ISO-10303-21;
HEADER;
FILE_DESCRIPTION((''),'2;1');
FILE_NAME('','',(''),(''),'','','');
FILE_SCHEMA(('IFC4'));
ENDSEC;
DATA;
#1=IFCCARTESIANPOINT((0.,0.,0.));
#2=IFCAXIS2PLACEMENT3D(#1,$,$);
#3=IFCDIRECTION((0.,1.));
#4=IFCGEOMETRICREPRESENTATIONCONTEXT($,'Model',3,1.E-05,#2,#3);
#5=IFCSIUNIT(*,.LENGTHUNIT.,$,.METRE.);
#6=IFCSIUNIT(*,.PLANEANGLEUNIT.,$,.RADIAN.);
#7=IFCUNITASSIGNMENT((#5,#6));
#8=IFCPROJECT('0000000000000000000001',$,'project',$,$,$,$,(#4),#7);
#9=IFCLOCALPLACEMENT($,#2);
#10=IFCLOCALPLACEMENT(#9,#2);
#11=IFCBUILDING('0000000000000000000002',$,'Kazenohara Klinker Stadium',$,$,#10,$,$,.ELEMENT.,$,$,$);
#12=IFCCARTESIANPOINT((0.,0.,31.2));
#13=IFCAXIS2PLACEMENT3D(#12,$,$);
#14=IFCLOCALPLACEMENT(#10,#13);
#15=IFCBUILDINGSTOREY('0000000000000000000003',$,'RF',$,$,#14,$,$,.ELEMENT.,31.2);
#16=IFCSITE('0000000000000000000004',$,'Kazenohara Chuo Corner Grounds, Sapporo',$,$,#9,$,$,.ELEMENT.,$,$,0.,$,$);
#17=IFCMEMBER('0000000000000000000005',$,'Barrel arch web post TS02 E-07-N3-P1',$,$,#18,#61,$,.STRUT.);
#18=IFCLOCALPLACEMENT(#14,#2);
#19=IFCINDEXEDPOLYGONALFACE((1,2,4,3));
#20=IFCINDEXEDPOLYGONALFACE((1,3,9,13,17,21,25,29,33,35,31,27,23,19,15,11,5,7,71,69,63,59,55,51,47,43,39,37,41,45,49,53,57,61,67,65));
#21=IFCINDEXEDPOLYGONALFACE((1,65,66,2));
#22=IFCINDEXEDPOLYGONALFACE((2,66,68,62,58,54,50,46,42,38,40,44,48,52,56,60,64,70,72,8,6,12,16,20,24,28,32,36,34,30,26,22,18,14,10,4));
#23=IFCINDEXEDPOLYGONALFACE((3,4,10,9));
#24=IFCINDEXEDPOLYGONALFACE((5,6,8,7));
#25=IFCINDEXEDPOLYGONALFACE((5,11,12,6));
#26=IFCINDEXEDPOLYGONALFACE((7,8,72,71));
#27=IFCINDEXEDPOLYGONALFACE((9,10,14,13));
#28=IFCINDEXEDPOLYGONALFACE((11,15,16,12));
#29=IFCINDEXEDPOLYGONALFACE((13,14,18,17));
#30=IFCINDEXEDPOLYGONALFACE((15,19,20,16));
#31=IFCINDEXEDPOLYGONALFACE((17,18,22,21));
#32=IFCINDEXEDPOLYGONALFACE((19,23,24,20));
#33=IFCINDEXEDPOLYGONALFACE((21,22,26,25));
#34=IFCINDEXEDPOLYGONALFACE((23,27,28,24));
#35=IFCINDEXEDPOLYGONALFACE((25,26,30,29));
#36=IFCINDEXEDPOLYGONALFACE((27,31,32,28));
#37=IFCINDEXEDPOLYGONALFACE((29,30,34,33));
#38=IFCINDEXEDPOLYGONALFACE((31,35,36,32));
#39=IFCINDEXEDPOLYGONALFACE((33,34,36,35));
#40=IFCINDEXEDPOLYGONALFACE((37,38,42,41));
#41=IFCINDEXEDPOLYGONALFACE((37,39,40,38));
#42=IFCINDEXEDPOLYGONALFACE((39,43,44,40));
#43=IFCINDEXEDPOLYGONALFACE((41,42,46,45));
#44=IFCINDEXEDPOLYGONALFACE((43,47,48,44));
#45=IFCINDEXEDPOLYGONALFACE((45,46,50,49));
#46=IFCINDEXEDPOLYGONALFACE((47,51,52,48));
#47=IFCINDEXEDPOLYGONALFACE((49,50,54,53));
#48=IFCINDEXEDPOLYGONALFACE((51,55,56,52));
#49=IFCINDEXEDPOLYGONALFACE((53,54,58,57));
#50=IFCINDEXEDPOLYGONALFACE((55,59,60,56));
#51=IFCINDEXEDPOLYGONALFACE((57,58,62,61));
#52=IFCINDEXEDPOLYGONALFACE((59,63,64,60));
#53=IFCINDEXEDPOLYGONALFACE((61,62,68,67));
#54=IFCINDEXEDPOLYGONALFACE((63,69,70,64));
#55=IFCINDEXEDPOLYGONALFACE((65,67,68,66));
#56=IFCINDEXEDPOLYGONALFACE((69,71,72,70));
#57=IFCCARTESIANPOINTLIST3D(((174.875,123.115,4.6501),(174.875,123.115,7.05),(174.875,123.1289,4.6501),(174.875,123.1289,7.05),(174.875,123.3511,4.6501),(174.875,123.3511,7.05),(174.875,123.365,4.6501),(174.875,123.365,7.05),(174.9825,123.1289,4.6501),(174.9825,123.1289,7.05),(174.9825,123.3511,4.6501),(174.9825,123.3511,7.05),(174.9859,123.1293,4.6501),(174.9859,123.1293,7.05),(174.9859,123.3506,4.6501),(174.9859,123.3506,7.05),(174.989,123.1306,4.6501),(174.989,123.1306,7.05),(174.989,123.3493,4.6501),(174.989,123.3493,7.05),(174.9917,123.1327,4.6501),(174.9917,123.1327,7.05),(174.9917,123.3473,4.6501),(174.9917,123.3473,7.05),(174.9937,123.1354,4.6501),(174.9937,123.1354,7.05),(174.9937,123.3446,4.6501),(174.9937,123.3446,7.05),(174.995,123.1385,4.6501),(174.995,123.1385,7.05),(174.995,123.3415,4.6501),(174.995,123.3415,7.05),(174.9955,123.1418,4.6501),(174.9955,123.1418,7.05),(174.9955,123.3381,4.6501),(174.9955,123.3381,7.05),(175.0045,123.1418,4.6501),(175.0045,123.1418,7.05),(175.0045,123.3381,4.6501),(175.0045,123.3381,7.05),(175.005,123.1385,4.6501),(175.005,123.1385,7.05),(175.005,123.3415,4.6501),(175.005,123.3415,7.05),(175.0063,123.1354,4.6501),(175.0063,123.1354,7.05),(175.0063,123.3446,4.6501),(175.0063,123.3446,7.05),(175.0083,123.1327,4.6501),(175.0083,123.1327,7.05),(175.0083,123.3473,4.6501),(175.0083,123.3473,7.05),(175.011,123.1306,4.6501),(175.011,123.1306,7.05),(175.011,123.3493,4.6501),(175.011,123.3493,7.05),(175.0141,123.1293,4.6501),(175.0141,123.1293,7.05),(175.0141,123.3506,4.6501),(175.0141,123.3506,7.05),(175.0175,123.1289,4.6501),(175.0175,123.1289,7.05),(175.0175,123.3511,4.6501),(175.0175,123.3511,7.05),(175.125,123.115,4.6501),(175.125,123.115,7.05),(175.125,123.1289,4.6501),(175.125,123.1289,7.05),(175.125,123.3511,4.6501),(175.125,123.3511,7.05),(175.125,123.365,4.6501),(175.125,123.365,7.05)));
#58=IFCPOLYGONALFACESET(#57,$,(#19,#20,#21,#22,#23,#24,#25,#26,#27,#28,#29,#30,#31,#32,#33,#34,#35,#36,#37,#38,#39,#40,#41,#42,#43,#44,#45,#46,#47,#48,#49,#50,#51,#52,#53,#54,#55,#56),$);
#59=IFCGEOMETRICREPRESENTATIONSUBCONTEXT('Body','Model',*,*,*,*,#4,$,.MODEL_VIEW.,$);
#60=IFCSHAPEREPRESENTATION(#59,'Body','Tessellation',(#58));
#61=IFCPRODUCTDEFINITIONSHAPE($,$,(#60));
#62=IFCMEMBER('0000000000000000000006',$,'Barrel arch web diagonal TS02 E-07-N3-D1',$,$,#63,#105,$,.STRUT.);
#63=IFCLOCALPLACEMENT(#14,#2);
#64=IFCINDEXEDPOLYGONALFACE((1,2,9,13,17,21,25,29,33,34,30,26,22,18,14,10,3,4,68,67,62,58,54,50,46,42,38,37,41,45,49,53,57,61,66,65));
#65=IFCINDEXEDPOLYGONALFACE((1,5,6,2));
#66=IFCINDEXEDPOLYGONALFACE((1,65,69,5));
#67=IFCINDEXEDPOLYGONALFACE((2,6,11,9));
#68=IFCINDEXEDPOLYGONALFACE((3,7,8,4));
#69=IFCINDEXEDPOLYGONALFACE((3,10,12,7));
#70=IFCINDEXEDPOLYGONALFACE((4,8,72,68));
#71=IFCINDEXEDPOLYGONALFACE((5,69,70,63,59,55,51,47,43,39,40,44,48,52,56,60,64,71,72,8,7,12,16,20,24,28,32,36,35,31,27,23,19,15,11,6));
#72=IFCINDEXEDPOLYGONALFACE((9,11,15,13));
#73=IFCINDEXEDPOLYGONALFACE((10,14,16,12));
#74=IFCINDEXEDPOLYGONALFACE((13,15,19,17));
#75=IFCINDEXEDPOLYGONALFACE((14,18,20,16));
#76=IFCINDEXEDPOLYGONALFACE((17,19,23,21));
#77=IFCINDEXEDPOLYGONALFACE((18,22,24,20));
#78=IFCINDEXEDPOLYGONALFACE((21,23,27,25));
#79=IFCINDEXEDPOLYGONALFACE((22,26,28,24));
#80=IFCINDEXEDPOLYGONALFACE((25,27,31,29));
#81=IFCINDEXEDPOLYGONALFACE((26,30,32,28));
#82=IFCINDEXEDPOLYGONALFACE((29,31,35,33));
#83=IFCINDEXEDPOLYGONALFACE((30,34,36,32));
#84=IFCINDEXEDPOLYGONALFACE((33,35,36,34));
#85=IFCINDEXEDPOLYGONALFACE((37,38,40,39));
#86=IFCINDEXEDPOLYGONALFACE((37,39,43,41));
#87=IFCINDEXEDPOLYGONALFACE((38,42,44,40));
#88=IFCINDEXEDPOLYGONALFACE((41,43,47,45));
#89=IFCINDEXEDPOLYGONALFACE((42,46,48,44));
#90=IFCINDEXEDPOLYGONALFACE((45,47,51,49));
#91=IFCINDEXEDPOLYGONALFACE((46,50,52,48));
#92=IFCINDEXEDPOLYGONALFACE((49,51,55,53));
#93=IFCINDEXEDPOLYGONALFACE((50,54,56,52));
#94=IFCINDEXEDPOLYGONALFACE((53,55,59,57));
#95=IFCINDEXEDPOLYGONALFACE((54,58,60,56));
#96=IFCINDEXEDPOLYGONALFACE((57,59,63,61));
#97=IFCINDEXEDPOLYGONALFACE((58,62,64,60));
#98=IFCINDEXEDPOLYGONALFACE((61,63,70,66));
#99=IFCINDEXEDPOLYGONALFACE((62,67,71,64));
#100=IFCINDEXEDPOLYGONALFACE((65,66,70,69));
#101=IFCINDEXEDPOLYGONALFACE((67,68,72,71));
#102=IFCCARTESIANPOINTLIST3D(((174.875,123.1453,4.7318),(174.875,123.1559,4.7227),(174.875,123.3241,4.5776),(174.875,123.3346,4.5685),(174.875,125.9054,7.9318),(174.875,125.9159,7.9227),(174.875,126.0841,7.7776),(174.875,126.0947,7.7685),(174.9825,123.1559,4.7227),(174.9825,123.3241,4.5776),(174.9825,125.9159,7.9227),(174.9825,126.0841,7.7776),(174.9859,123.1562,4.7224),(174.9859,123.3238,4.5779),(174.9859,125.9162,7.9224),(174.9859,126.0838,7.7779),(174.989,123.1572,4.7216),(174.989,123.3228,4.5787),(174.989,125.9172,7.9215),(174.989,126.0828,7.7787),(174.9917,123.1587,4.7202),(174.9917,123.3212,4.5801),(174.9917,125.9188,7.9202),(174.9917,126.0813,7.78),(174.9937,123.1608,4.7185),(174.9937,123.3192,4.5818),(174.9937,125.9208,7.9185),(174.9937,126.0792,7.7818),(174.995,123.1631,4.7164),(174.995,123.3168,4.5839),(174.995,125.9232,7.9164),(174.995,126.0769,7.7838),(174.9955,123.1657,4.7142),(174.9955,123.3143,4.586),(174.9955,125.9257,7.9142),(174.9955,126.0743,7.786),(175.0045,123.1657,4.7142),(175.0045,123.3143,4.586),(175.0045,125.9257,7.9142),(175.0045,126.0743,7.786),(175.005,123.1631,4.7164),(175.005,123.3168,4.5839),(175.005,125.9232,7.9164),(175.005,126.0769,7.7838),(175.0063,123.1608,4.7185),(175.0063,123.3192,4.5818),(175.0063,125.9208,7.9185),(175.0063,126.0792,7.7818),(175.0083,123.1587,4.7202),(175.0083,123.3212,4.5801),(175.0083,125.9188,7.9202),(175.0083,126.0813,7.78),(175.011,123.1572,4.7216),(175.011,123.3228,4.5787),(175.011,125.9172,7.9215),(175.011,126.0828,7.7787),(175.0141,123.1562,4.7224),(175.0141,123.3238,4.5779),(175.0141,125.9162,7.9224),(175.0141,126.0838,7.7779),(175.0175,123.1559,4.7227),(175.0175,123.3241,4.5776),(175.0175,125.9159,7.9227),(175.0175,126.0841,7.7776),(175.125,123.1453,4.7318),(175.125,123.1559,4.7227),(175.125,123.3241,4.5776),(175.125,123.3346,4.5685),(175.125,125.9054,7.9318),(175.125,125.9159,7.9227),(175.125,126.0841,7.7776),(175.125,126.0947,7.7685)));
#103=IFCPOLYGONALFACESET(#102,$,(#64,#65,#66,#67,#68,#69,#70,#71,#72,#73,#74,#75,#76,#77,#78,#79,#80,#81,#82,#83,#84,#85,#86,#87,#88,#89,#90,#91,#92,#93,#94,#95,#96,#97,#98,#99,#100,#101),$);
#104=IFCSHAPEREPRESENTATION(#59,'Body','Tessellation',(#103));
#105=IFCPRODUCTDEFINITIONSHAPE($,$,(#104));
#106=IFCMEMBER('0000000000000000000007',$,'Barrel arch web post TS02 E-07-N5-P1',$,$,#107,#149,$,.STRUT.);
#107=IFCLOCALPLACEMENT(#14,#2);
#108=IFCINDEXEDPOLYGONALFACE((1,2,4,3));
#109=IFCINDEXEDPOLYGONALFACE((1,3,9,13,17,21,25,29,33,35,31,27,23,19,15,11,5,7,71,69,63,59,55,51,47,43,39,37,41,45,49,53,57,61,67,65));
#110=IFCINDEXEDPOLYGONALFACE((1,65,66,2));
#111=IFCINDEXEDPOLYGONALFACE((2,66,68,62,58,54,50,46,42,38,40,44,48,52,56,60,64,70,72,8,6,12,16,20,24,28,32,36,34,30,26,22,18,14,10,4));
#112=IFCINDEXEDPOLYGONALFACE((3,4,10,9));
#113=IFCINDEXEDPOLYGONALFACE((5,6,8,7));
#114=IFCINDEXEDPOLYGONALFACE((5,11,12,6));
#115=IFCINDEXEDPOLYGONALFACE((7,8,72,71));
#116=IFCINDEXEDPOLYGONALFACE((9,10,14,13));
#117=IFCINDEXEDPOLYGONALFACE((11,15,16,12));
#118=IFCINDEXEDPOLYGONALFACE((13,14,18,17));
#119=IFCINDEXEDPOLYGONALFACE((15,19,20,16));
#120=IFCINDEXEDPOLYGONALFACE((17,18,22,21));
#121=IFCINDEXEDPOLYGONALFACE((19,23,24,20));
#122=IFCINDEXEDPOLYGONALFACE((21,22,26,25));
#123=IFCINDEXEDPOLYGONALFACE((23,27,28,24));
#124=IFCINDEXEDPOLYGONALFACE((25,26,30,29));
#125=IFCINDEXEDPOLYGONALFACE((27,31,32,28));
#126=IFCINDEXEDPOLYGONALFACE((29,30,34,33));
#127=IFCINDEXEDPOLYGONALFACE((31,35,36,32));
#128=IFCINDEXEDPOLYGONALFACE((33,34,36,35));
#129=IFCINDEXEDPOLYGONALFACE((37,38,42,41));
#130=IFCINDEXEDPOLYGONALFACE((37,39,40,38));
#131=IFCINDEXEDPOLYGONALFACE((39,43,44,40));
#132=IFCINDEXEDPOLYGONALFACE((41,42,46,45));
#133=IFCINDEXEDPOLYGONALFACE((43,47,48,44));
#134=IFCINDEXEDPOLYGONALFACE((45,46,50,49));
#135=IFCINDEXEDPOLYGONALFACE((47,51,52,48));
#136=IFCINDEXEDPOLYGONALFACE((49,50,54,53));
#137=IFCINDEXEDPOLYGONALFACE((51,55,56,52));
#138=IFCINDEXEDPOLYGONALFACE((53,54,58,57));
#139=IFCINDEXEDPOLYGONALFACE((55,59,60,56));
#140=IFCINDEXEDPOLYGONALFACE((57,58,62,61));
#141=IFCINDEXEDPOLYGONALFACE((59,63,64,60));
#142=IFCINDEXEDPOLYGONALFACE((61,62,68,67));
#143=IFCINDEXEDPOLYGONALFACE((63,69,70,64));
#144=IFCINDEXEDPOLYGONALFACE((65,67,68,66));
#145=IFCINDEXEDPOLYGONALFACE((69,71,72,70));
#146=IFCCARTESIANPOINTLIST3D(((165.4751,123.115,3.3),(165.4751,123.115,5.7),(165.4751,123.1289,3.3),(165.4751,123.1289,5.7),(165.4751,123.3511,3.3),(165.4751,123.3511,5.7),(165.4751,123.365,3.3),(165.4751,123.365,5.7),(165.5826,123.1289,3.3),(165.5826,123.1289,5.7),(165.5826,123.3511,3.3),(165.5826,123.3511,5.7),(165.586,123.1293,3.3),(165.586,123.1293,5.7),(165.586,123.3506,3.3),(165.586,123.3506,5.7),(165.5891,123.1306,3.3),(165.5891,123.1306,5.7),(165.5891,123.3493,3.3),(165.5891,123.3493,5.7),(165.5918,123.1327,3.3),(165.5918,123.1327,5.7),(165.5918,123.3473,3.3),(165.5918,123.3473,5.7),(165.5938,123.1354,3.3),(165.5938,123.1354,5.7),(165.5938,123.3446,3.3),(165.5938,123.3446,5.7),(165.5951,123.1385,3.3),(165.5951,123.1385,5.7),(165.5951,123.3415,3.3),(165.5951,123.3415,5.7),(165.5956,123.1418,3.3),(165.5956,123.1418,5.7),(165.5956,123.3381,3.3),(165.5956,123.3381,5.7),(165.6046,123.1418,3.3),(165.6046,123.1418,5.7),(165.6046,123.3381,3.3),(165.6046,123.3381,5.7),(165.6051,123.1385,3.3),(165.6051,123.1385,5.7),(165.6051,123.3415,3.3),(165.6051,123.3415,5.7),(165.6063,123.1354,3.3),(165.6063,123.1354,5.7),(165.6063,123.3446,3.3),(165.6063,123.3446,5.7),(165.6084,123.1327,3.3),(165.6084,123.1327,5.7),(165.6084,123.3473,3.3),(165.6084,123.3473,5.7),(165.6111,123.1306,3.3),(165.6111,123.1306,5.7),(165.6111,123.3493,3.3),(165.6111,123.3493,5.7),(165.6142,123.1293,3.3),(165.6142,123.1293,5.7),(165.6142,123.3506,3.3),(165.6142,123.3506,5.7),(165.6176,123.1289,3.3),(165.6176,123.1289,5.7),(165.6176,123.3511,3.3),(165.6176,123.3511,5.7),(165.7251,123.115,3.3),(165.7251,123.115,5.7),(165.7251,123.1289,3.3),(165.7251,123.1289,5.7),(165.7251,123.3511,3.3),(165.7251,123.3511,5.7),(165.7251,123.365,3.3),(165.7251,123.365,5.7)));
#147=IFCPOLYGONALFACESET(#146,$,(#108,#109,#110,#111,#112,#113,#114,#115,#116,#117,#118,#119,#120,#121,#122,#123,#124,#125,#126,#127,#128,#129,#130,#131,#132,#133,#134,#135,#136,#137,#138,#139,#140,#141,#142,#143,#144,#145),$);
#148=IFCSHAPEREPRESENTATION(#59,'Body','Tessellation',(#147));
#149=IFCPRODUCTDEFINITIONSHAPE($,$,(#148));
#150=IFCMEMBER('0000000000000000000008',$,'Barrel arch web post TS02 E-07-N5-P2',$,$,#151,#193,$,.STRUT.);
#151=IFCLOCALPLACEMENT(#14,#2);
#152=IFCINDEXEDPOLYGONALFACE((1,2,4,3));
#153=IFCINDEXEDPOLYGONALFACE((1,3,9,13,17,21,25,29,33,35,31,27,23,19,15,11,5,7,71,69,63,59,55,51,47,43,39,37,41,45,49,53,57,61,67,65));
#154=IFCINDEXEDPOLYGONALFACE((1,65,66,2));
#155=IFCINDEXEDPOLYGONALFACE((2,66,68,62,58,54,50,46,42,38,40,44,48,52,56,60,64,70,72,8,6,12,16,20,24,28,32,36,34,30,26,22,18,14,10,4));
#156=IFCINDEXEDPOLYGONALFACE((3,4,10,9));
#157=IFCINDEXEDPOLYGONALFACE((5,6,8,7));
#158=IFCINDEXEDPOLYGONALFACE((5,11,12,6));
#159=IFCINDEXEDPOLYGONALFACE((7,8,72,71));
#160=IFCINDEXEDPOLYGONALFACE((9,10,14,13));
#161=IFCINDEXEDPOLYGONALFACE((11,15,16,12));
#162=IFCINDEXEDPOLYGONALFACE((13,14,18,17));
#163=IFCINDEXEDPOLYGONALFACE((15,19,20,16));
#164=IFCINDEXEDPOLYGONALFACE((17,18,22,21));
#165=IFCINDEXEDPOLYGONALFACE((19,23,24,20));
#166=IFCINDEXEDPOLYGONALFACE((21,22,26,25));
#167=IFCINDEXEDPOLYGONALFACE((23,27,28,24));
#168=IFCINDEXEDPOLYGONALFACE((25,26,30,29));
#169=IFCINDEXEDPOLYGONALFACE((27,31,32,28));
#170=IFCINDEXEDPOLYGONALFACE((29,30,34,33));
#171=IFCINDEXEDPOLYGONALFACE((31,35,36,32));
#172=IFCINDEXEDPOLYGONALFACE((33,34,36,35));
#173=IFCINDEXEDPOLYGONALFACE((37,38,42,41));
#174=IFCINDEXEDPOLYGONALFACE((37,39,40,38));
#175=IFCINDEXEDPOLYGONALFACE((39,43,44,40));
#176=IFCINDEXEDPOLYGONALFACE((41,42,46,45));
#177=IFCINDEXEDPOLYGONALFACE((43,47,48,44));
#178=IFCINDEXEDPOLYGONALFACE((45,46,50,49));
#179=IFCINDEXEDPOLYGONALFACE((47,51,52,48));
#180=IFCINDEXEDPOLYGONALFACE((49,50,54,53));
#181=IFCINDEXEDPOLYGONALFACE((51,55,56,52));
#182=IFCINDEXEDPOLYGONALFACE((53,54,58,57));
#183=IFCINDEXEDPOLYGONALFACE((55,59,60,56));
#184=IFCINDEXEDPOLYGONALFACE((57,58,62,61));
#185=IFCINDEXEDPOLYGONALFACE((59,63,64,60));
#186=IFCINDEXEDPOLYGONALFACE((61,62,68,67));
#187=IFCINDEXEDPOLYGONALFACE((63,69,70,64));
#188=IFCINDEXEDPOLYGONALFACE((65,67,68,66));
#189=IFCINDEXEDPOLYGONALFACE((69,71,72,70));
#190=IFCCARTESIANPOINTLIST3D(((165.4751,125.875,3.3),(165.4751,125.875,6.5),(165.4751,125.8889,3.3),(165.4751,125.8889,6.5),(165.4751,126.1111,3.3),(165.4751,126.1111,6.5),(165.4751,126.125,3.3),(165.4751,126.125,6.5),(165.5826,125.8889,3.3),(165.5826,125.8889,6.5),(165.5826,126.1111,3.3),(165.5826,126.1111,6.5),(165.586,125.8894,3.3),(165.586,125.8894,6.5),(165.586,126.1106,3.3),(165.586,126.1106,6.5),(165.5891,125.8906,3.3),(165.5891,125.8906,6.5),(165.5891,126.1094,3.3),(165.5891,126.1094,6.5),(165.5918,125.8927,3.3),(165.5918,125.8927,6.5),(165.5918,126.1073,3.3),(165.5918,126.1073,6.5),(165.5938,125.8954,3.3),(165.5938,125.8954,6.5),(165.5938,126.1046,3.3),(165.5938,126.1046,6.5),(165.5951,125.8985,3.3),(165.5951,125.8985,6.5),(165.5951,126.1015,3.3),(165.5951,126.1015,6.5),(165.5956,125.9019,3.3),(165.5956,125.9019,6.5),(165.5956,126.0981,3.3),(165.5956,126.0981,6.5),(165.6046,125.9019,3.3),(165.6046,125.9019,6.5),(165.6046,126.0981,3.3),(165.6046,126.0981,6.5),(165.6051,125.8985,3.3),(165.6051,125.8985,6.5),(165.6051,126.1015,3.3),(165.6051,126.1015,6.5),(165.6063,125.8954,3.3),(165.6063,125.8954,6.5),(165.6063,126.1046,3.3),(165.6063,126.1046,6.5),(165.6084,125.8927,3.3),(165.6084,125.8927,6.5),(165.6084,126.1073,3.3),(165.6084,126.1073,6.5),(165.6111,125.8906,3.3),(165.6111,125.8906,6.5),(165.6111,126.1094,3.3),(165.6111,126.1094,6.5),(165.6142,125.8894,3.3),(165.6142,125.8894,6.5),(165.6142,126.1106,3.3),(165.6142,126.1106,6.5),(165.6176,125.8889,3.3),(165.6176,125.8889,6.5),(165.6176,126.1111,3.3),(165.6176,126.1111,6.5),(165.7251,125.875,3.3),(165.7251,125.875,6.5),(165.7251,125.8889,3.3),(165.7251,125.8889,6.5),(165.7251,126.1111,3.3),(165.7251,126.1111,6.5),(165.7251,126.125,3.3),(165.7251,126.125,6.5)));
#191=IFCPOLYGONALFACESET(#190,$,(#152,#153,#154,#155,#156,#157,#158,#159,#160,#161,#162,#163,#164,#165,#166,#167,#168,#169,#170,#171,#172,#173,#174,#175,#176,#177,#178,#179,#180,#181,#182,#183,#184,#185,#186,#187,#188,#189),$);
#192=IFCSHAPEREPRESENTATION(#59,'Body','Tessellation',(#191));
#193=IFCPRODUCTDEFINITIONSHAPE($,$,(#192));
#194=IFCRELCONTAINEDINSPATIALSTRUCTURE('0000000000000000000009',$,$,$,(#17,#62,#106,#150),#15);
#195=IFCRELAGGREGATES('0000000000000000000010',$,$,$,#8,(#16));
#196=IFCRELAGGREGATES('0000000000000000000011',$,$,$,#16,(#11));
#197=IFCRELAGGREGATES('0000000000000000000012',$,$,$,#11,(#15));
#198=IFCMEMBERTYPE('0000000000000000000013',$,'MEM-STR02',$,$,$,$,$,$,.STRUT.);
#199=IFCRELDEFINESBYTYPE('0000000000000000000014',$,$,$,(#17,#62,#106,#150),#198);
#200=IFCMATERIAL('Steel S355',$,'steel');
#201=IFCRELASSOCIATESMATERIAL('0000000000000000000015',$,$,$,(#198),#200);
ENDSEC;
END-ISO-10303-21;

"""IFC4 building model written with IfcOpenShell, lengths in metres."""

from ifc_helpers import new_model, si_unit, direction, frame, origin, origin_2d, place, context, subcontext, project, spatial, i_section, extrude, material, material_profile, profile_set, type_object, element, save


model = new_model("IFC4")

# Units and contexts
model_context = context("Model", 3, precision=1e-05, world=origin(), true_north=direction((0.0, 1.0)))
body_context = subcontext(model_context, "Body", "Model", "MODEL_VIEW")
ifc_project = project(units=[si_unit("LENGTHUNIT", "METRE"), si_unit("PLANEANGLEUNIT", "RADIAN")], contexts=[model_context])

# Site, building, storey
site_placement = place(None, origin())
site = spatial("IfcSite", under=ifc_project, at=site_placement, Name="Kazenohara Chuo Corner Grounds, Sapporo", CompositionType="ELEMENT", RefElevation=0.0)
building_placement = place(site_placement, origin())
building = spatial("IfcBuilding", under=site, at=building_placement, Name="Kazenohara Klinker Stadium", CompositionType="ELEMENT")
storey_placement = place(building_placement, frame((0.0, 0.0, 31.2)))
storey = spatial("IfcBuildingStorey", under=building, at=storey_placement, Name="RF", CompositionType="ELEMENT", Elevation=31.2)

# Members
ifc_material_1 = material(Name="Steel S355", Category="steel")
ifc_material_profile_1 = material_profile(ifc_material_1, i_section(OverallWidth=0.25, OverallDepth=0.25, WebThickness=0.009, FlangeThickness=0.0139, FilletRadius=0.0129, at=origin_2d()), Name="H-250x250x9x14")
ifc_profile_set_1 = profile_set([ifc_material_profile_1], Name="Steel S355")
member_type_1 = type_object("IfcMemberType", Name="MEM-STR02", PredefinedType="STRUT", material=ifc_profile_set_1)
member_1_placement = place(storey_placement, frame((175.0, 123.24, 4.6501), z_axis=(0.0, 0.0, 1.0), x_axis=(1.0, 0.0, 0.0)))
element("IfcMember", 1, at=member_1_placement, inside=storey, type_object=member_type_1, Name="Barrel arch web post TS02 E-07-N3-P1", PredefinedType="STRUT", context=body_context, shape_type="SweptSolid", body=[
    extrude(i_section(OverallWidth=0.25, OverallDepth=0.25, WebThickness=0.009, FlangeThickness=0.0139, FilletRadius=0.0129, at=origin_2d()), origin(), (0.0, 0.0, 1.0), 2.3999),
])
member_2_placement = place(storey_placement, frame((175.0, 123.24, 4.6501), z_axis=(0.0, 0.653134, 0.757242), x_axis=(-1.0, 0.0, 0.0)))
element("IfcMember", 2, at=member_2_placement, inside=storey, type_object=member_type_1, Name="Barrel arch web diagonal TS02 E-07-N3-D1", PredefinedType="STRUT", context=body_context, shape_type="SweptSolid", body=[
    extrude(i_section(OverallWidth=0.25, OverallDepth=0.25, WebThickness=0.009, FlangeThickness=0.0139, FilletRadius=0.0129, at=origin_2d()), origin(), (0.0, 0.0, 1.0), 4.2258),
])
member_3_placement = place(storey_placement, frame((165.6001, 123.24, 3.3), z_axis=(0.0, 0.0, 1.0), x_axis=(1.0, 0.0, 0.0)))
element("IfcMember", 3, at=member_3_placement, inside=storey, type_object=member_type_1, Name="Barrel arch web post TS02 E-07-N5-P1", PredefinedType="STRUT", context=body_context, shape_type="SweptSolid", body=[
    extrude(i_section(OverallWidth=0.25, OverallDepth=0.25, WebThickness=0.009, FlangeThickness=0.0139, FilletRadius=0.0129, at=origin_2d()), origin(), (0.0, 0.0, 1.0), 2.3999),
])
member_4_placement = place(storey_placement, frame((165.6001, 126.0, 3.3), z_axis=(0.0, 0.0, 1.0), x_axis=(1.0, 0.0, 0.0)))
element("IfcMember", 4, at=member_4_placement, inside=storey, type_object=member_type_1, Name="Barrel arch web post TS02 E-07-N5-P2", PredefinedType="STRUT", context=body_context, shape_type="SweptSolid", body=[
    extrude(i_section(OverallWidth=0.25, OverallDepth=0.25, WebThickness=0.009, FlangeThickness=0.0139, FilletRadius=0.0129, at=origin_2d()), origin(), (0.0, 0.0, 1.0), 3.2),
])

save(model, "model.ifc")
